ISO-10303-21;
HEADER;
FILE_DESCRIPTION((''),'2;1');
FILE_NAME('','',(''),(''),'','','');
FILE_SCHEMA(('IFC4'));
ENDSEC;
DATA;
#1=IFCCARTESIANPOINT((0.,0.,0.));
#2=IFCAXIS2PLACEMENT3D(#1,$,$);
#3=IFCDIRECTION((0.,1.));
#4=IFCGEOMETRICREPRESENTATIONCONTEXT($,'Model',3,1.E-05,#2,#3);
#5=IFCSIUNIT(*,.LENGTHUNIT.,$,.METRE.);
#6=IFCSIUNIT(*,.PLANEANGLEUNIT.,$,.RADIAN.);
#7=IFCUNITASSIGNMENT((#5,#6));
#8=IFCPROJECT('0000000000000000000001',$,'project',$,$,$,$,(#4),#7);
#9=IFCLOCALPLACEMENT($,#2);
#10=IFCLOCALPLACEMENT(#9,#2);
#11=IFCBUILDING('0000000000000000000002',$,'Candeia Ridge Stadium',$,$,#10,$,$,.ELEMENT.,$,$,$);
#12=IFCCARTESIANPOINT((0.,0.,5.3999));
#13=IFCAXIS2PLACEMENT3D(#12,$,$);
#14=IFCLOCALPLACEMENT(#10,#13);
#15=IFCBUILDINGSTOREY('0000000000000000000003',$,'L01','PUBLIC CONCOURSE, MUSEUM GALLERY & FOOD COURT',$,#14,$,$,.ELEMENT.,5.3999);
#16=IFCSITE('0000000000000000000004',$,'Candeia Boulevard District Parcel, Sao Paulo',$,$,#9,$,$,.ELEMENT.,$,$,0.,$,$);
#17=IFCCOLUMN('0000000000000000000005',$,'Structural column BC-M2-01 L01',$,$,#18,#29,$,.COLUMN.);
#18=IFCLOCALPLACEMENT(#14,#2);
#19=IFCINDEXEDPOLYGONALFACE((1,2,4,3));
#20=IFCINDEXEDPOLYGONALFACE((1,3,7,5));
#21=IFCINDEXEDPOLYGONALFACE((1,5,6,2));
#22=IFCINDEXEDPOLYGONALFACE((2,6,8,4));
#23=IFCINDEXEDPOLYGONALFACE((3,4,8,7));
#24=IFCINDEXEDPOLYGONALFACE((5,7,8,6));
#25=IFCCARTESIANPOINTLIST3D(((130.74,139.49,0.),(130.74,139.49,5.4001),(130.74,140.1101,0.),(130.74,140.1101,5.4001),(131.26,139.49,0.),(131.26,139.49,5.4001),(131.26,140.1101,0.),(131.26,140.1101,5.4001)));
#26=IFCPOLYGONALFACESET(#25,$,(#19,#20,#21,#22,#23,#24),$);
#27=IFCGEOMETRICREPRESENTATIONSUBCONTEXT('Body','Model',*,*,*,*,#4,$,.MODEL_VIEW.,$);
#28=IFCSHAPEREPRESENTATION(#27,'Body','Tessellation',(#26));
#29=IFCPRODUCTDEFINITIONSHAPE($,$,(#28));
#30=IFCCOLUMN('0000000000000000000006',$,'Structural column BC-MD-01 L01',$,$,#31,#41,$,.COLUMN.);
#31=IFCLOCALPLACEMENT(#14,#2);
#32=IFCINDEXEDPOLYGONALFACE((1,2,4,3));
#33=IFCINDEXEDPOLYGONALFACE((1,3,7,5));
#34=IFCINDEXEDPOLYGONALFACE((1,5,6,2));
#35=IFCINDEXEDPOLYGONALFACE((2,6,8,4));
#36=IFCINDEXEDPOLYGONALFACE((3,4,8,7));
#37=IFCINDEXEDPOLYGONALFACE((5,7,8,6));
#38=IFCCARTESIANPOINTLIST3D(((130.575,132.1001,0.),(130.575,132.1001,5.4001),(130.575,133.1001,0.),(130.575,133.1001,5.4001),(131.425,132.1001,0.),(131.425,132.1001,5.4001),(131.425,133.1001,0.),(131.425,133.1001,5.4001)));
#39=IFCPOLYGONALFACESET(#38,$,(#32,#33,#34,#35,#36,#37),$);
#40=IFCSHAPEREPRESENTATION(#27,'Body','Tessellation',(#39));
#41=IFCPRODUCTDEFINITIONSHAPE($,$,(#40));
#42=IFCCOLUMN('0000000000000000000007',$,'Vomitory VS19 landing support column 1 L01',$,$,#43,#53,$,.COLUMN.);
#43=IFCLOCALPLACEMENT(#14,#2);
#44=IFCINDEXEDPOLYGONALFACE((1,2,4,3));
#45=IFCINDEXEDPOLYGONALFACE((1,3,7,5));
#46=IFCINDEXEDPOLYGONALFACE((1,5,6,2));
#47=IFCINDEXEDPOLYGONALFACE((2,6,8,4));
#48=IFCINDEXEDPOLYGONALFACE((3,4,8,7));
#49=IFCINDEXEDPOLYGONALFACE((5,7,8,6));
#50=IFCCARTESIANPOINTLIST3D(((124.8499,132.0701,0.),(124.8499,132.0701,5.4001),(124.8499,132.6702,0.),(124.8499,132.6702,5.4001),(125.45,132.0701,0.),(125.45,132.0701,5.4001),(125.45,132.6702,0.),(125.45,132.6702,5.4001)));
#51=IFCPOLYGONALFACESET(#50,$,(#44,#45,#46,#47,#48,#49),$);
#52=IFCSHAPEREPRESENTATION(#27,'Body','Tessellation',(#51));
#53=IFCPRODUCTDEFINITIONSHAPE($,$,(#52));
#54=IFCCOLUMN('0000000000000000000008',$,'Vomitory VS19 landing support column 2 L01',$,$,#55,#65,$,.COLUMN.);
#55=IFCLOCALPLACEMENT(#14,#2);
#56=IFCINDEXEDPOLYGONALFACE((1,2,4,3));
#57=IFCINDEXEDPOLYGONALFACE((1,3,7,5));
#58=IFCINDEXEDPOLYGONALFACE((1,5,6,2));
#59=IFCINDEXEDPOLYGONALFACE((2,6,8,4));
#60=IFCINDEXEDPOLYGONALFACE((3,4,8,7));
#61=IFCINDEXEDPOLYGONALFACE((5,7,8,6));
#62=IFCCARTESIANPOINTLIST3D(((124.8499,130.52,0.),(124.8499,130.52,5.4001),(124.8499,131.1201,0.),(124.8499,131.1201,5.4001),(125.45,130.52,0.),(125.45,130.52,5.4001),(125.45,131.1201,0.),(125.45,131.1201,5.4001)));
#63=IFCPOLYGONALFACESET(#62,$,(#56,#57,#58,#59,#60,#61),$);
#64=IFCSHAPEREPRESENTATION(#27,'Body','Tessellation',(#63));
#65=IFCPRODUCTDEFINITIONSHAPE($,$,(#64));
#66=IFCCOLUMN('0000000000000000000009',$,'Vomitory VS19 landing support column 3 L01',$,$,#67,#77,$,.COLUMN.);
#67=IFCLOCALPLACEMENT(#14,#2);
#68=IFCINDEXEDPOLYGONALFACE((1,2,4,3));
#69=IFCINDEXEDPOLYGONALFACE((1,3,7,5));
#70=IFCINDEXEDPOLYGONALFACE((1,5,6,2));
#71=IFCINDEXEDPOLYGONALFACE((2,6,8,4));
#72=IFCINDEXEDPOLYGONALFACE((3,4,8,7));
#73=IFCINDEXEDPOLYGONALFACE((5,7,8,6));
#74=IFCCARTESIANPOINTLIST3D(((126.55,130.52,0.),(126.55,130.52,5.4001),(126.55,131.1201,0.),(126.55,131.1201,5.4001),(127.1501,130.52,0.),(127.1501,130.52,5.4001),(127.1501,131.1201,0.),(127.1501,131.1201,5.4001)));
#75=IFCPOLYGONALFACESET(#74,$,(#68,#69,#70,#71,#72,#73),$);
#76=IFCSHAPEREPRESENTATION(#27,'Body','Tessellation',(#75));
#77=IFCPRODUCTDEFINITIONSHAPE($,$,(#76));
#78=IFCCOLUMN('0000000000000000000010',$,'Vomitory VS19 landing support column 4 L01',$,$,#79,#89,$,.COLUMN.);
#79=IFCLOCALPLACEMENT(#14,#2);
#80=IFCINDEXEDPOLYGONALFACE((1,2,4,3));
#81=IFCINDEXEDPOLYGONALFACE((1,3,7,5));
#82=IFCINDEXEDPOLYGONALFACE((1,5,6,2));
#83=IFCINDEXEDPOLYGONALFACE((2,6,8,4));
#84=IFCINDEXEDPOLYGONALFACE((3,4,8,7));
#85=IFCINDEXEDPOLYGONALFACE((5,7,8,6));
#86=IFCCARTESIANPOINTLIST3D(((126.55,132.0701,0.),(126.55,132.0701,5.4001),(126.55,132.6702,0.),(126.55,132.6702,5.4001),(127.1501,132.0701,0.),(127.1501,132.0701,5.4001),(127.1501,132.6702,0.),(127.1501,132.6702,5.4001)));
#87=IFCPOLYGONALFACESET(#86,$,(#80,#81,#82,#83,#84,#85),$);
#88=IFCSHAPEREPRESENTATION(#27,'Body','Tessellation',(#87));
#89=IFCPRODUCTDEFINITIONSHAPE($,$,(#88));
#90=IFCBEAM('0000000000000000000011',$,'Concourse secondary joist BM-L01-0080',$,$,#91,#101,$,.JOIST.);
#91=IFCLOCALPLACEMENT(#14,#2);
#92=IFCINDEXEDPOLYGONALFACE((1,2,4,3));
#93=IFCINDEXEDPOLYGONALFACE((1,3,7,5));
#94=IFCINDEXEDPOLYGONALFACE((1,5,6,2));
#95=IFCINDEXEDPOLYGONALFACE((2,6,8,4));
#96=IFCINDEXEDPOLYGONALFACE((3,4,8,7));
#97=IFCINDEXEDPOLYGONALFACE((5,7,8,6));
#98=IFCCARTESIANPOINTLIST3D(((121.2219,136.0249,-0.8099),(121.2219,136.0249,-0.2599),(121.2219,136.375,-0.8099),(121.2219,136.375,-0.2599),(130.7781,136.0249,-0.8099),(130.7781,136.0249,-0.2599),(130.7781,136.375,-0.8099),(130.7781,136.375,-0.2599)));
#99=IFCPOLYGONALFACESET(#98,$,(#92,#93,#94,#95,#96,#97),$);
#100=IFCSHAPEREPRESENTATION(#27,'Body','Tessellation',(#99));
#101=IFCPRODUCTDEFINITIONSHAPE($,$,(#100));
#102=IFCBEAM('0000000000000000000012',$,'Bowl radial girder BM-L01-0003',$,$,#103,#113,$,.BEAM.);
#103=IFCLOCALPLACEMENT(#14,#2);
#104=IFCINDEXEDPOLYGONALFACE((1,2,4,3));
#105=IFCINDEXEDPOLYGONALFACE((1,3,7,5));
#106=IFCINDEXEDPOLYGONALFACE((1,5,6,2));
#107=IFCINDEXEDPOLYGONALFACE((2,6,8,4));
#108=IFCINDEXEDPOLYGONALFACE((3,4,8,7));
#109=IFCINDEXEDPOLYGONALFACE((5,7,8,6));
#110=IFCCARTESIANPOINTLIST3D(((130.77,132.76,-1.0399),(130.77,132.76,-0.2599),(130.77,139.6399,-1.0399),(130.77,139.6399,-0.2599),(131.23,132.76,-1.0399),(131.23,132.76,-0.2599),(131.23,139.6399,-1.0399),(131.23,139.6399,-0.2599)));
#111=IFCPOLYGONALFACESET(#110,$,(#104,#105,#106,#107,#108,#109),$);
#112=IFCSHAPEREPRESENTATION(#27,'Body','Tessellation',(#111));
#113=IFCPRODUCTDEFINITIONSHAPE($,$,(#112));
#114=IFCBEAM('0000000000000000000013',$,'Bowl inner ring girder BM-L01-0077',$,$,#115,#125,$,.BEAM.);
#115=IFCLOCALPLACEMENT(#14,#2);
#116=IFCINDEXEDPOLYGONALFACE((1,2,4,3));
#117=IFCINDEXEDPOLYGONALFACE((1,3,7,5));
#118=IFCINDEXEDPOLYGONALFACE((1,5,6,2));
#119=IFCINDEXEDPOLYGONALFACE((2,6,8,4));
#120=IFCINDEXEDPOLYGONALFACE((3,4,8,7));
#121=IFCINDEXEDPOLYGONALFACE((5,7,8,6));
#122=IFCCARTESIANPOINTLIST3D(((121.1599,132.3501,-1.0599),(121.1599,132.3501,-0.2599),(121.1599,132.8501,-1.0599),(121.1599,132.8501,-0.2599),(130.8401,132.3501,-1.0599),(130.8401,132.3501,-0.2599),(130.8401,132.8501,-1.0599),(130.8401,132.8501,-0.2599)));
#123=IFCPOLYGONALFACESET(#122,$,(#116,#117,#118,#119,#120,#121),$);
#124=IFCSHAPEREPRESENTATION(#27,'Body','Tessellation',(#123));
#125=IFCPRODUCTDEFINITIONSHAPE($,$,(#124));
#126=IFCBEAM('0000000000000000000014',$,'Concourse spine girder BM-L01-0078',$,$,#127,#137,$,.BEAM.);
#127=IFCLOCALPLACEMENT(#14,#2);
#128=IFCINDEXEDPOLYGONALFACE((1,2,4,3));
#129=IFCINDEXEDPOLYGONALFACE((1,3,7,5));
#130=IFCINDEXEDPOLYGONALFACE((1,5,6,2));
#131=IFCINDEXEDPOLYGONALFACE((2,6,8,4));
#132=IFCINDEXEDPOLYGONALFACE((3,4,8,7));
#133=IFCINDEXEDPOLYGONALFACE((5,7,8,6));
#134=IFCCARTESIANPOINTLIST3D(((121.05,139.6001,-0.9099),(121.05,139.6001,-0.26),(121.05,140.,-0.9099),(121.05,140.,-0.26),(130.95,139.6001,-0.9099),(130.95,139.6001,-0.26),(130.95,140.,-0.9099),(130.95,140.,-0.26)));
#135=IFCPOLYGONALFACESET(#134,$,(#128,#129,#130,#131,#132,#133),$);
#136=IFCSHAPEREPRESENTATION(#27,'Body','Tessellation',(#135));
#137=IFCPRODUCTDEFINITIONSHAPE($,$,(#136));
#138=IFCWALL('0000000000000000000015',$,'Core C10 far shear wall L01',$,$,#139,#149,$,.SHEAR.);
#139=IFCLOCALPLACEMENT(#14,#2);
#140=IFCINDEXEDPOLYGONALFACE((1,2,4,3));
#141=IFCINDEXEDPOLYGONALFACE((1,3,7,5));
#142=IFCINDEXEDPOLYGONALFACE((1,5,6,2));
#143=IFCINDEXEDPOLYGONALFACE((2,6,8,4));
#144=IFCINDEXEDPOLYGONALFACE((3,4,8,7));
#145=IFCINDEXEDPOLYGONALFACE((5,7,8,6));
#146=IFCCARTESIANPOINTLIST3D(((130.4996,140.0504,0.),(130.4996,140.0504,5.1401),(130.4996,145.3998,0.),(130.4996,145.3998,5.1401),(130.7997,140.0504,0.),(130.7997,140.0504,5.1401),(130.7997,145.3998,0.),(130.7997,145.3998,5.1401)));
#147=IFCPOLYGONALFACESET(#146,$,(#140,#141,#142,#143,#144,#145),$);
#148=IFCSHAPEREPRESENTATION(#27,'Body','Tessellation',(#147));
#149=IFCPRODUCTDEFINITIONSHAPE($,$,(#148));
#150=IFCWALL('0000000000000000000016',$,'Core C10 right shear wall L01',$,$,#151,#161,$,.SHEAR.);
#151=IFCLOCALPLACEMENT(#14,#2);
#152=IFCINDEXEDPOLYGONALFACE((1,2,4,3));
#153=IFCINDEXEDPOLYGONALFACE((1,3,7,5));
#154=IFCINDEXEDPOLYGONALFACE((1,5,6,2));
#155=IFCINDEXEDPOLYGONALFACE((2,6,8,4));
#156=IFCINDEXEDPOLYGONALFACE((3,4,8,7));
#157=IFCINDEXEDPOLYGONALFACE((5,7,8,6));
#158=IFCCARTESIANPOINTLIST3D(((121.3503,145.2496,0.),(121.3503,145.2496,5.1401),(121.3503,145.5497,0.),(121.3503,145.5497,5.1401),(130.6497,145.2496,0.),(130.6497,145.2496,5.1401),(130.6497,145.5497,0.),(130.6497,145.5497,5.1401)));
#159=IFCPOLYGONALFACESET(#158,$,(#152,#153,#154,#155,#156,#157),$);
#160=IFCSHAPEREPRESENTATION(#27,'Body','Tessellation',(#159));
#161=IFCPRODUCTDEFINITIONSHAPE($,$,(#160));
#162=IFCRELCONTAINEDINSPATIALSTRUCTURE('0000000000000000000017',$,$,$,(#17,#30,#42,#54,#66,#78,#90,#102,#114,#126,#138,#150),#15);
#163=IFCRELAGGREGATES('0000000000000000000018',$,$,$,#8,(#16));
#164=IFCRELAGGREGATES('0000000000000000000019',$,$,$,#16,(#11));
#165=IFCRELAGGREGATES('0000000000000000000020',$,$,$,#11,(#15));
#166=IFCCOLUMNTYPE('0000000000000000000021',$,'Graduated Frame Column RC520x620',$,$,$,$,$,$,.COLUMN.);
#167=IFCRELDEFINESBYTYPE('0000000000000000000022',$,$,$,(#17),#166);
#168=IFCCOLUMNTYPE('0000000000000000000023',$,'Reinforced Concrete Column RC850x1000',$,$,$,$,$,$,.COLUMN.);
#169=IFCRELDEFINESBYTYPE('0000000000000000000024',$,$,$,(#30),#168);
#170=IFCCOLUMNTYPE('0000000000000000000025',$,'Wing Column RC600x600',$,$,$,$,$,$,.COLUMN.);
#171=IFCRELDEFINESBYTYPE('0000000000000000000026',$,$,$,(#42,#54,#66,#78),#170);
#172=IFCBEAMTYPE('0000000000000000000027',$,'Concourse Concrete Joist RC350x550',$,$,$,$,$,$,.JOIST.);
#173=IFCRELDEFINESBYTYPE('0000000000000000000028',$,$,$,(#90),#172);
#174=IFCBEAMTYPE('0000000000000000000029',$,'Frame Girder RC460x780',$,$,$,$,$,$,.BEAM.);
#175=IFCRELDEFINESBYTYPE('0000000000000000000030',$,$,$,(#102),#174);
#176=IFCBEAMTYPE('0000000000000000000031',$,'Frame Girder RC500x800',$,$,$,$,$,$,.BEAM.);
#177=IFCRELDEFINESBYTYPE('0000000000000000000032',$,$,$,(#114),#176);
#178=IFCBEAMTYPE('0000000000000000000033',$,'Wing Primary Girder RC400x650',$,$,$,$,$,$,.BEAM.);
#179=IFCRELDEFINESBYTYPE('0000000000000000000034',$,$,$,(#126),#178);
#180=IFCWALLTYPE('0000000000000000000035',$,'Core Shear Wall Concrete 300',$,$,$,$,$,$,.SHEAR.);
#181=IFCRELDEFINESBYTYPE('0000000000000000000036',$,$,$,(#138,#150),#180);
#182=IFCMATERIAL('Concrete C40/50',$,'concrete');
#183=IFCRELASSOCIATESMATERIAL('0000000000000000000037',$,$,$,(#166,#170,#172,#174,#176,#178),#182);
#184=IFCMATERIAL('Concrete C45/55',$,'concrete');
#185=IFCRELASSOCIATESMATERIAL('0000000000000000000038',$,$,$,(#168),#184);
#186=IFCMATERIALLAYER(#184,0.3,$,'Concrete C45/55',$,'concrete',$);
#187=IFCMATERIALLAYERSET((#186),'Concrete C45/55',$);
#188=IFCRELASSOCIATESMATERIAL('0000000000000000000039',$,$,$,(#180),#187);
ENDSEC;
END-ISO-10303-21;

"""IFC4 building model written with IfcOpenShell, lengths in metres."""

from ifc_helpers import new_model, si_unit, direction, frame, frame_2d, origin, origin_2d, place, context, subcontext, project, spatial, rectangle, extrude, material, layer, layer_set, material_profile, profile_set, type_object, element, save


model = new_model("IFC4")

# Units and contexts
model_context = context("Model", 3, precision=1e-05, world=origin(), true_north=direction((0.0, 1.0)))
body_context = subcontext(model_context, "Body", "Model", "MODEL_VIEW")
ifc_project = project(units=[si_unit("LENGTHUNIT", "METRE"), si_unit("PLANEANGLEUNIT", "RADIAN")], contexts=[model_context])

# Site, building, storey
site_placement = place(None, origin())
site = spatial("IfcSite", under=ifc_project, at=site_placement, Name="Candeia Boulevard District Parcel, Sao Paulo", CompositionType="ELEMENT", RefElevation=0.0)
building_placement = place(site_placement, origin())
building = spatial("IfcBuilding", under=site, at=building_placement, Name="Candeia Ridge Stadium", CompositionType="ELEMENT")
storey_placement = place(building_placement, frame((0.0, 0.0, 5.3999)))
storey = spatial("IfcBuildingStorey", under=building, at=storey_placement, Name="L01", Description="PUBLIC CONCOURSE, MUSEUM GALLERY & FOOD COURT", CompositionType="ELEMENT", Elevation=5.3999)

# Columns
ifc_material_1 = material(Name="Concrete C40/50", Category="concrete")
ifc_material_profile_1 = material_profile(ifc_material_1, rectangle(XDim=0.52, YDim=0.6201, at=origin_2d()), Name="RC520x620", Category="concrete")
ifc_profile_set_1 = profile_set([ifc_material_profile_1], Name="Concrete C40/50")
column_type_1 = type_object("IfcColumnType", Name="Graduated Frame Column RC520x620", PredefinedType="COLUMN", material=ifc_profile_set_1)
column_1_placement = place(storey_placement, frame((131.0, 139.8, 0.0), z_axis=(0.0, 0.0, 1.0), x_axis=(1.0, 0.0, 0.0)))
element("IfcColumn", 1, at=column_1_placement, inside=storey, type_object=column_type_1, Name="Structural column BC-M2-01 L01", PredefinedType="COLUMN", context=body_context, shape_type="SweptSolid", body=[
    extrude(rectangle(XDim=0.52, YDim=0.6201, at=origin_2d()), origin(), (0.0, 0.0, 1.0), 5.4001),
])
ifc_material_2 = material(Name="Concrete C45/55", Category="concrete")
ifc_material_profile_2 = material_profile(ifc_material_2, rectangle(XDim=0.8501, YDim=1.0, at=origin_2d()), Name="RC850x1000", Category="concrete")
ifc_profile_set_2 = profile_set([ifc_material_profile_2], Name="Concrete C45/55")
column_type_2 = type_object("IfcColumnType", Name="Reinforced Concrete Column RC850x1000", PredefinedType="COLUMN", material=ifc_profile_set_2)
column_2_placement = place(storey_placement, frame((131.0, 132.6001, 0.0), z_axis=(0.0, 0.0, 1.0), x_axis=(1.0, 0.0, 0.0)))
element("IfcColumn", 2, at=column_2_placement, inside=storey, type_object=column_type_2, Name="Structural column BC-MD-01 L01", PredefinedType="COLUMN", context=body_context, shape_type="SweptSolid", body=[
    extrude(rectangle(XDim=0.8501, YDim=1.0, at=origin_2d()), origin(), (0.0, 0.0, 1.0), 5.4001),
])
ifc_material_profile_3 = material_profile(ifc_material_1, rectangle(XDim=0.6001, YDim=0.6001, at=origin_2d()), Name="RC600x600", Category="concrete")
ifc_profile_set_3 = profile_set([ifc_material_profile_3], Name="Concrete C40/50")
column_type_3 = type_object("IfcColumnType", Name="Wing Column RC600x600", PredefinedType="COLUMN", material=ifc_profile_set_3)
for number, where, z_axis, x_axis, name in (
    (3, (125.1499, 132.3701, 0.0), (0.0, 0.0, 1.0), (1.0, 0.0, 0.0), "Vomitory VS19 landing support column 1 L01"),
    (4, (125.1499, 130.8201, 0.0), (0.0, 0.0, 1.0), (1.0, 0.0, 0.0), "Vomitory VS19 landing support column 2 L01"),
    (5, (126.8501, 130.8201, 0.0), (0.0, 0.0, 1.0), (1.0, 0.0, 0.0), "Vomitory VS19 landing support column 3 L01"),
    (6, (126.8501, 132.3701, 0.0), (0.0, 0.0, 1.0), (1.0, 0.0, 0.0), "Vomitory VS19 landing support column 4 L01"),
):
    element("IfcColumn", number, at=place(storey_placement, frame(where, z_axis=z_axis, x_axis=x_axis)), inside=storey, type_object=column_type_3, Name=name, PredefinedType="COLUMN", context=body_context, shape_type="SweptSolid", body=[
        extrude(rectangle(XDim=0.6001, YDim=0.6001, at=origin_2d()), origin(), (0.0, 0.0, 1.0), 5.4001),
    ])

# Beams
ifc_material_profile_4 = material_profile(ifc_material_1, rectangle(XDim=0.3501, YDim=0.55, at=origin_2d()), Name="RC350x550", Category="concrete")
ifc_profile_set_4 = profile_set([ifc_material_profile_4], Name="Concrete C40/50")
beam_type_1 = type_object("IfcBeamType", Name="Concourse Concrete Joist RC350x550", PredefinedType="JOIST", material=ifc_profile_set_4)
beam_1_placement = place(storey_placement, frame((130.7781, 136.2, -0.5349), z_axis=(-1.0, 0.0, 0.0), x_axis=(0.0, -1.0, 0.0)))
element("IfcBeam", 7, at=beam_1_placement, inside=storey, type_object=beam_type_1, Name="Concourse secondary joist BM-L01-0080", PredefinedType="JOIST", context=body_context, shape_type="SweptSolid", body=[
    extrude(rectangle(XDim=0.3501, YDim=0.55, at=origin_2d()), origin(), (0.0, 0.0, 1.0), 9.5562),
])
ifc_material_profile_5 = material_profile(ifc_material_1, rectangle(XDim=0.46, YDim=0.78, at=origin_2d()), Name="RC460x780", Category="concrete")
ifc_profile_set_5 = profile_set([ifc_material_profile_5], Name="Concrete C40/50")
beam_type_2 = type_object("IfcBeamType", Name="Frame Girder RC460x780", PredefinedType="BEAM", material=ifc_profile_set_5)
beam_2_placement = place(storey_placement, frame((131.0, 132.76, -0.6499), z_axis=(0.0, 1.0, 0.0), x_axis=(-1.0, 0.0, 0.0)))
element("IfcBeam", 8, at=beam_2_placement, inside=storey, type_object=beam_type_2, Name="Bowl radial girder BM-L01-0003", PredefinedType="BEAM", context=body_context, shape_type="SweptSolid", body=[
    extrude(rectangle(XDim=0.46, YDim=0.78, at=origin_2d()), origin(), (0.0, 0.0, 1.0), 6.8799),
])
ifc_material_profile_6 = material_profile(ifc_material_1, rectangle(XDim=0.5, YDim=0.8, at=origin_2d()), Name="RC500x800", Category="concrete")
ifc_profile_set_6 = profile_set([ifc_material_profile_6], Name="Concrete C40/50")
beam_type_3 = type_object("IfcBeamType", Name="Frame Girder RC500x800", PredefinedType="BEAM", material=ifc_profile_set_6)
beam_3_placement = place(storey_placement, frame((130.8401, 132.6001, -0.6599), z_axis=(-1.0, 0.0, 0.0), x_axis=(0.0, -1.0, 0.0)))
element("IfcBeam", 9, at=beam_3_placement, inside=storey, type_object=beam_type_3, Name="Bowl inner ring girder BM-L01-0077", PredefinedType="BEAM", context=body_context, shape_type="SweptSolid", body=[
    extrude(rectangle(XDim=0.5, YDim=0.8, at=origin_2d()), origin(), (0.0, 0.0, 1.0), 9.6802),
])
ifc_material_profile_7 = material_profile(ifc_material_1, rectangle(XDim=0.3999, YDim=0.6499, at=origin_2d()), Name="RC400x650", Category="concrete")
ifc_profile_set_7 = profile_set([ifc_material_profile_7], Name="Concrete C40/50")
beam_type_4 = type_object("IfcBeamType", Name="Wing Primary Girder RC400x650", PredefinedType="BEAM", material=ifc_profile_set_7)
beam_4_placement = place(storey_placement, frame((130.95, 139.8, -0.585), z_axis=(-1.0, 0.0, 0.0), x_axis=(0.0, -1.0, 0.0)))
element("IfcBeam", 10, at=beam_4_placement, inside=storey, type_object=beam_type_4, Name="Concourse spine girder BM-L01-0078", PredefinedType="BEAM", context=body_context, shape_type="SweptSolid", body=[
    extrude(rectangle(XDim=0.3999, YDim=0.6499, at=origin_2d()), origin(), (0.0, 0.0, 1.0), 9.8999),
])

# Walls
ifc_layer_1 = layer(ifc_material_2, 0.3, Name="Concrete C45/55", Category="concrete")
ifc_layer_set_1 = layer_set([ifc_layer_1], Name="Concrete C45/55")
wall_type = type_object("IfcWallType", Name="Core Shear Wall Concrete 300", PredefinedType="SHEAR", material=ifc_layer_set_1)
wall_1_placement = place(storey_placement, frame((130.6497, 140.0503, 0.0), z_axis=(0.0, 0.0, 1.0), x_axis=(0.0, 1.0, 0.0)))
element("IfcWall", 11, at=wall_1_placement, inside=storey, type_object=wall_type, Name="Core C10 far shear wall L01", PredefinedType="SHEAR", context=body_context, shape_type="SweptSolid", body=[
    extrude(rectangle(XDim=5.3494, YDim=0.3, at=frame_2d((2.6748, 0.0))), origin(), (0.0, 0.0, 1.0), 5.1401),
])
wall_2_placement = place(storey_placement, frame((130.6497, 145.3997, 0.0), z_axis=(0.0, 0.0, 1.0), x_axis=(-1.0, 0.0, 0.0)))
element("IfcWall", 12, at=wall_2_placement, inside=storey, type_object=wall_type, Name="Core C10 right shear wall L01", PredefinedType="SHEAR", context=body_context, shape_type="SweptSolid", body=[
    extrude(rectangle(XDim=9.2993, YDim=0.3, at=frame_2d((4.6497, 0.0))), origin(), (0.0, 0.0, 1.0), 5.1401),
])

save(model, "model.ifc")
